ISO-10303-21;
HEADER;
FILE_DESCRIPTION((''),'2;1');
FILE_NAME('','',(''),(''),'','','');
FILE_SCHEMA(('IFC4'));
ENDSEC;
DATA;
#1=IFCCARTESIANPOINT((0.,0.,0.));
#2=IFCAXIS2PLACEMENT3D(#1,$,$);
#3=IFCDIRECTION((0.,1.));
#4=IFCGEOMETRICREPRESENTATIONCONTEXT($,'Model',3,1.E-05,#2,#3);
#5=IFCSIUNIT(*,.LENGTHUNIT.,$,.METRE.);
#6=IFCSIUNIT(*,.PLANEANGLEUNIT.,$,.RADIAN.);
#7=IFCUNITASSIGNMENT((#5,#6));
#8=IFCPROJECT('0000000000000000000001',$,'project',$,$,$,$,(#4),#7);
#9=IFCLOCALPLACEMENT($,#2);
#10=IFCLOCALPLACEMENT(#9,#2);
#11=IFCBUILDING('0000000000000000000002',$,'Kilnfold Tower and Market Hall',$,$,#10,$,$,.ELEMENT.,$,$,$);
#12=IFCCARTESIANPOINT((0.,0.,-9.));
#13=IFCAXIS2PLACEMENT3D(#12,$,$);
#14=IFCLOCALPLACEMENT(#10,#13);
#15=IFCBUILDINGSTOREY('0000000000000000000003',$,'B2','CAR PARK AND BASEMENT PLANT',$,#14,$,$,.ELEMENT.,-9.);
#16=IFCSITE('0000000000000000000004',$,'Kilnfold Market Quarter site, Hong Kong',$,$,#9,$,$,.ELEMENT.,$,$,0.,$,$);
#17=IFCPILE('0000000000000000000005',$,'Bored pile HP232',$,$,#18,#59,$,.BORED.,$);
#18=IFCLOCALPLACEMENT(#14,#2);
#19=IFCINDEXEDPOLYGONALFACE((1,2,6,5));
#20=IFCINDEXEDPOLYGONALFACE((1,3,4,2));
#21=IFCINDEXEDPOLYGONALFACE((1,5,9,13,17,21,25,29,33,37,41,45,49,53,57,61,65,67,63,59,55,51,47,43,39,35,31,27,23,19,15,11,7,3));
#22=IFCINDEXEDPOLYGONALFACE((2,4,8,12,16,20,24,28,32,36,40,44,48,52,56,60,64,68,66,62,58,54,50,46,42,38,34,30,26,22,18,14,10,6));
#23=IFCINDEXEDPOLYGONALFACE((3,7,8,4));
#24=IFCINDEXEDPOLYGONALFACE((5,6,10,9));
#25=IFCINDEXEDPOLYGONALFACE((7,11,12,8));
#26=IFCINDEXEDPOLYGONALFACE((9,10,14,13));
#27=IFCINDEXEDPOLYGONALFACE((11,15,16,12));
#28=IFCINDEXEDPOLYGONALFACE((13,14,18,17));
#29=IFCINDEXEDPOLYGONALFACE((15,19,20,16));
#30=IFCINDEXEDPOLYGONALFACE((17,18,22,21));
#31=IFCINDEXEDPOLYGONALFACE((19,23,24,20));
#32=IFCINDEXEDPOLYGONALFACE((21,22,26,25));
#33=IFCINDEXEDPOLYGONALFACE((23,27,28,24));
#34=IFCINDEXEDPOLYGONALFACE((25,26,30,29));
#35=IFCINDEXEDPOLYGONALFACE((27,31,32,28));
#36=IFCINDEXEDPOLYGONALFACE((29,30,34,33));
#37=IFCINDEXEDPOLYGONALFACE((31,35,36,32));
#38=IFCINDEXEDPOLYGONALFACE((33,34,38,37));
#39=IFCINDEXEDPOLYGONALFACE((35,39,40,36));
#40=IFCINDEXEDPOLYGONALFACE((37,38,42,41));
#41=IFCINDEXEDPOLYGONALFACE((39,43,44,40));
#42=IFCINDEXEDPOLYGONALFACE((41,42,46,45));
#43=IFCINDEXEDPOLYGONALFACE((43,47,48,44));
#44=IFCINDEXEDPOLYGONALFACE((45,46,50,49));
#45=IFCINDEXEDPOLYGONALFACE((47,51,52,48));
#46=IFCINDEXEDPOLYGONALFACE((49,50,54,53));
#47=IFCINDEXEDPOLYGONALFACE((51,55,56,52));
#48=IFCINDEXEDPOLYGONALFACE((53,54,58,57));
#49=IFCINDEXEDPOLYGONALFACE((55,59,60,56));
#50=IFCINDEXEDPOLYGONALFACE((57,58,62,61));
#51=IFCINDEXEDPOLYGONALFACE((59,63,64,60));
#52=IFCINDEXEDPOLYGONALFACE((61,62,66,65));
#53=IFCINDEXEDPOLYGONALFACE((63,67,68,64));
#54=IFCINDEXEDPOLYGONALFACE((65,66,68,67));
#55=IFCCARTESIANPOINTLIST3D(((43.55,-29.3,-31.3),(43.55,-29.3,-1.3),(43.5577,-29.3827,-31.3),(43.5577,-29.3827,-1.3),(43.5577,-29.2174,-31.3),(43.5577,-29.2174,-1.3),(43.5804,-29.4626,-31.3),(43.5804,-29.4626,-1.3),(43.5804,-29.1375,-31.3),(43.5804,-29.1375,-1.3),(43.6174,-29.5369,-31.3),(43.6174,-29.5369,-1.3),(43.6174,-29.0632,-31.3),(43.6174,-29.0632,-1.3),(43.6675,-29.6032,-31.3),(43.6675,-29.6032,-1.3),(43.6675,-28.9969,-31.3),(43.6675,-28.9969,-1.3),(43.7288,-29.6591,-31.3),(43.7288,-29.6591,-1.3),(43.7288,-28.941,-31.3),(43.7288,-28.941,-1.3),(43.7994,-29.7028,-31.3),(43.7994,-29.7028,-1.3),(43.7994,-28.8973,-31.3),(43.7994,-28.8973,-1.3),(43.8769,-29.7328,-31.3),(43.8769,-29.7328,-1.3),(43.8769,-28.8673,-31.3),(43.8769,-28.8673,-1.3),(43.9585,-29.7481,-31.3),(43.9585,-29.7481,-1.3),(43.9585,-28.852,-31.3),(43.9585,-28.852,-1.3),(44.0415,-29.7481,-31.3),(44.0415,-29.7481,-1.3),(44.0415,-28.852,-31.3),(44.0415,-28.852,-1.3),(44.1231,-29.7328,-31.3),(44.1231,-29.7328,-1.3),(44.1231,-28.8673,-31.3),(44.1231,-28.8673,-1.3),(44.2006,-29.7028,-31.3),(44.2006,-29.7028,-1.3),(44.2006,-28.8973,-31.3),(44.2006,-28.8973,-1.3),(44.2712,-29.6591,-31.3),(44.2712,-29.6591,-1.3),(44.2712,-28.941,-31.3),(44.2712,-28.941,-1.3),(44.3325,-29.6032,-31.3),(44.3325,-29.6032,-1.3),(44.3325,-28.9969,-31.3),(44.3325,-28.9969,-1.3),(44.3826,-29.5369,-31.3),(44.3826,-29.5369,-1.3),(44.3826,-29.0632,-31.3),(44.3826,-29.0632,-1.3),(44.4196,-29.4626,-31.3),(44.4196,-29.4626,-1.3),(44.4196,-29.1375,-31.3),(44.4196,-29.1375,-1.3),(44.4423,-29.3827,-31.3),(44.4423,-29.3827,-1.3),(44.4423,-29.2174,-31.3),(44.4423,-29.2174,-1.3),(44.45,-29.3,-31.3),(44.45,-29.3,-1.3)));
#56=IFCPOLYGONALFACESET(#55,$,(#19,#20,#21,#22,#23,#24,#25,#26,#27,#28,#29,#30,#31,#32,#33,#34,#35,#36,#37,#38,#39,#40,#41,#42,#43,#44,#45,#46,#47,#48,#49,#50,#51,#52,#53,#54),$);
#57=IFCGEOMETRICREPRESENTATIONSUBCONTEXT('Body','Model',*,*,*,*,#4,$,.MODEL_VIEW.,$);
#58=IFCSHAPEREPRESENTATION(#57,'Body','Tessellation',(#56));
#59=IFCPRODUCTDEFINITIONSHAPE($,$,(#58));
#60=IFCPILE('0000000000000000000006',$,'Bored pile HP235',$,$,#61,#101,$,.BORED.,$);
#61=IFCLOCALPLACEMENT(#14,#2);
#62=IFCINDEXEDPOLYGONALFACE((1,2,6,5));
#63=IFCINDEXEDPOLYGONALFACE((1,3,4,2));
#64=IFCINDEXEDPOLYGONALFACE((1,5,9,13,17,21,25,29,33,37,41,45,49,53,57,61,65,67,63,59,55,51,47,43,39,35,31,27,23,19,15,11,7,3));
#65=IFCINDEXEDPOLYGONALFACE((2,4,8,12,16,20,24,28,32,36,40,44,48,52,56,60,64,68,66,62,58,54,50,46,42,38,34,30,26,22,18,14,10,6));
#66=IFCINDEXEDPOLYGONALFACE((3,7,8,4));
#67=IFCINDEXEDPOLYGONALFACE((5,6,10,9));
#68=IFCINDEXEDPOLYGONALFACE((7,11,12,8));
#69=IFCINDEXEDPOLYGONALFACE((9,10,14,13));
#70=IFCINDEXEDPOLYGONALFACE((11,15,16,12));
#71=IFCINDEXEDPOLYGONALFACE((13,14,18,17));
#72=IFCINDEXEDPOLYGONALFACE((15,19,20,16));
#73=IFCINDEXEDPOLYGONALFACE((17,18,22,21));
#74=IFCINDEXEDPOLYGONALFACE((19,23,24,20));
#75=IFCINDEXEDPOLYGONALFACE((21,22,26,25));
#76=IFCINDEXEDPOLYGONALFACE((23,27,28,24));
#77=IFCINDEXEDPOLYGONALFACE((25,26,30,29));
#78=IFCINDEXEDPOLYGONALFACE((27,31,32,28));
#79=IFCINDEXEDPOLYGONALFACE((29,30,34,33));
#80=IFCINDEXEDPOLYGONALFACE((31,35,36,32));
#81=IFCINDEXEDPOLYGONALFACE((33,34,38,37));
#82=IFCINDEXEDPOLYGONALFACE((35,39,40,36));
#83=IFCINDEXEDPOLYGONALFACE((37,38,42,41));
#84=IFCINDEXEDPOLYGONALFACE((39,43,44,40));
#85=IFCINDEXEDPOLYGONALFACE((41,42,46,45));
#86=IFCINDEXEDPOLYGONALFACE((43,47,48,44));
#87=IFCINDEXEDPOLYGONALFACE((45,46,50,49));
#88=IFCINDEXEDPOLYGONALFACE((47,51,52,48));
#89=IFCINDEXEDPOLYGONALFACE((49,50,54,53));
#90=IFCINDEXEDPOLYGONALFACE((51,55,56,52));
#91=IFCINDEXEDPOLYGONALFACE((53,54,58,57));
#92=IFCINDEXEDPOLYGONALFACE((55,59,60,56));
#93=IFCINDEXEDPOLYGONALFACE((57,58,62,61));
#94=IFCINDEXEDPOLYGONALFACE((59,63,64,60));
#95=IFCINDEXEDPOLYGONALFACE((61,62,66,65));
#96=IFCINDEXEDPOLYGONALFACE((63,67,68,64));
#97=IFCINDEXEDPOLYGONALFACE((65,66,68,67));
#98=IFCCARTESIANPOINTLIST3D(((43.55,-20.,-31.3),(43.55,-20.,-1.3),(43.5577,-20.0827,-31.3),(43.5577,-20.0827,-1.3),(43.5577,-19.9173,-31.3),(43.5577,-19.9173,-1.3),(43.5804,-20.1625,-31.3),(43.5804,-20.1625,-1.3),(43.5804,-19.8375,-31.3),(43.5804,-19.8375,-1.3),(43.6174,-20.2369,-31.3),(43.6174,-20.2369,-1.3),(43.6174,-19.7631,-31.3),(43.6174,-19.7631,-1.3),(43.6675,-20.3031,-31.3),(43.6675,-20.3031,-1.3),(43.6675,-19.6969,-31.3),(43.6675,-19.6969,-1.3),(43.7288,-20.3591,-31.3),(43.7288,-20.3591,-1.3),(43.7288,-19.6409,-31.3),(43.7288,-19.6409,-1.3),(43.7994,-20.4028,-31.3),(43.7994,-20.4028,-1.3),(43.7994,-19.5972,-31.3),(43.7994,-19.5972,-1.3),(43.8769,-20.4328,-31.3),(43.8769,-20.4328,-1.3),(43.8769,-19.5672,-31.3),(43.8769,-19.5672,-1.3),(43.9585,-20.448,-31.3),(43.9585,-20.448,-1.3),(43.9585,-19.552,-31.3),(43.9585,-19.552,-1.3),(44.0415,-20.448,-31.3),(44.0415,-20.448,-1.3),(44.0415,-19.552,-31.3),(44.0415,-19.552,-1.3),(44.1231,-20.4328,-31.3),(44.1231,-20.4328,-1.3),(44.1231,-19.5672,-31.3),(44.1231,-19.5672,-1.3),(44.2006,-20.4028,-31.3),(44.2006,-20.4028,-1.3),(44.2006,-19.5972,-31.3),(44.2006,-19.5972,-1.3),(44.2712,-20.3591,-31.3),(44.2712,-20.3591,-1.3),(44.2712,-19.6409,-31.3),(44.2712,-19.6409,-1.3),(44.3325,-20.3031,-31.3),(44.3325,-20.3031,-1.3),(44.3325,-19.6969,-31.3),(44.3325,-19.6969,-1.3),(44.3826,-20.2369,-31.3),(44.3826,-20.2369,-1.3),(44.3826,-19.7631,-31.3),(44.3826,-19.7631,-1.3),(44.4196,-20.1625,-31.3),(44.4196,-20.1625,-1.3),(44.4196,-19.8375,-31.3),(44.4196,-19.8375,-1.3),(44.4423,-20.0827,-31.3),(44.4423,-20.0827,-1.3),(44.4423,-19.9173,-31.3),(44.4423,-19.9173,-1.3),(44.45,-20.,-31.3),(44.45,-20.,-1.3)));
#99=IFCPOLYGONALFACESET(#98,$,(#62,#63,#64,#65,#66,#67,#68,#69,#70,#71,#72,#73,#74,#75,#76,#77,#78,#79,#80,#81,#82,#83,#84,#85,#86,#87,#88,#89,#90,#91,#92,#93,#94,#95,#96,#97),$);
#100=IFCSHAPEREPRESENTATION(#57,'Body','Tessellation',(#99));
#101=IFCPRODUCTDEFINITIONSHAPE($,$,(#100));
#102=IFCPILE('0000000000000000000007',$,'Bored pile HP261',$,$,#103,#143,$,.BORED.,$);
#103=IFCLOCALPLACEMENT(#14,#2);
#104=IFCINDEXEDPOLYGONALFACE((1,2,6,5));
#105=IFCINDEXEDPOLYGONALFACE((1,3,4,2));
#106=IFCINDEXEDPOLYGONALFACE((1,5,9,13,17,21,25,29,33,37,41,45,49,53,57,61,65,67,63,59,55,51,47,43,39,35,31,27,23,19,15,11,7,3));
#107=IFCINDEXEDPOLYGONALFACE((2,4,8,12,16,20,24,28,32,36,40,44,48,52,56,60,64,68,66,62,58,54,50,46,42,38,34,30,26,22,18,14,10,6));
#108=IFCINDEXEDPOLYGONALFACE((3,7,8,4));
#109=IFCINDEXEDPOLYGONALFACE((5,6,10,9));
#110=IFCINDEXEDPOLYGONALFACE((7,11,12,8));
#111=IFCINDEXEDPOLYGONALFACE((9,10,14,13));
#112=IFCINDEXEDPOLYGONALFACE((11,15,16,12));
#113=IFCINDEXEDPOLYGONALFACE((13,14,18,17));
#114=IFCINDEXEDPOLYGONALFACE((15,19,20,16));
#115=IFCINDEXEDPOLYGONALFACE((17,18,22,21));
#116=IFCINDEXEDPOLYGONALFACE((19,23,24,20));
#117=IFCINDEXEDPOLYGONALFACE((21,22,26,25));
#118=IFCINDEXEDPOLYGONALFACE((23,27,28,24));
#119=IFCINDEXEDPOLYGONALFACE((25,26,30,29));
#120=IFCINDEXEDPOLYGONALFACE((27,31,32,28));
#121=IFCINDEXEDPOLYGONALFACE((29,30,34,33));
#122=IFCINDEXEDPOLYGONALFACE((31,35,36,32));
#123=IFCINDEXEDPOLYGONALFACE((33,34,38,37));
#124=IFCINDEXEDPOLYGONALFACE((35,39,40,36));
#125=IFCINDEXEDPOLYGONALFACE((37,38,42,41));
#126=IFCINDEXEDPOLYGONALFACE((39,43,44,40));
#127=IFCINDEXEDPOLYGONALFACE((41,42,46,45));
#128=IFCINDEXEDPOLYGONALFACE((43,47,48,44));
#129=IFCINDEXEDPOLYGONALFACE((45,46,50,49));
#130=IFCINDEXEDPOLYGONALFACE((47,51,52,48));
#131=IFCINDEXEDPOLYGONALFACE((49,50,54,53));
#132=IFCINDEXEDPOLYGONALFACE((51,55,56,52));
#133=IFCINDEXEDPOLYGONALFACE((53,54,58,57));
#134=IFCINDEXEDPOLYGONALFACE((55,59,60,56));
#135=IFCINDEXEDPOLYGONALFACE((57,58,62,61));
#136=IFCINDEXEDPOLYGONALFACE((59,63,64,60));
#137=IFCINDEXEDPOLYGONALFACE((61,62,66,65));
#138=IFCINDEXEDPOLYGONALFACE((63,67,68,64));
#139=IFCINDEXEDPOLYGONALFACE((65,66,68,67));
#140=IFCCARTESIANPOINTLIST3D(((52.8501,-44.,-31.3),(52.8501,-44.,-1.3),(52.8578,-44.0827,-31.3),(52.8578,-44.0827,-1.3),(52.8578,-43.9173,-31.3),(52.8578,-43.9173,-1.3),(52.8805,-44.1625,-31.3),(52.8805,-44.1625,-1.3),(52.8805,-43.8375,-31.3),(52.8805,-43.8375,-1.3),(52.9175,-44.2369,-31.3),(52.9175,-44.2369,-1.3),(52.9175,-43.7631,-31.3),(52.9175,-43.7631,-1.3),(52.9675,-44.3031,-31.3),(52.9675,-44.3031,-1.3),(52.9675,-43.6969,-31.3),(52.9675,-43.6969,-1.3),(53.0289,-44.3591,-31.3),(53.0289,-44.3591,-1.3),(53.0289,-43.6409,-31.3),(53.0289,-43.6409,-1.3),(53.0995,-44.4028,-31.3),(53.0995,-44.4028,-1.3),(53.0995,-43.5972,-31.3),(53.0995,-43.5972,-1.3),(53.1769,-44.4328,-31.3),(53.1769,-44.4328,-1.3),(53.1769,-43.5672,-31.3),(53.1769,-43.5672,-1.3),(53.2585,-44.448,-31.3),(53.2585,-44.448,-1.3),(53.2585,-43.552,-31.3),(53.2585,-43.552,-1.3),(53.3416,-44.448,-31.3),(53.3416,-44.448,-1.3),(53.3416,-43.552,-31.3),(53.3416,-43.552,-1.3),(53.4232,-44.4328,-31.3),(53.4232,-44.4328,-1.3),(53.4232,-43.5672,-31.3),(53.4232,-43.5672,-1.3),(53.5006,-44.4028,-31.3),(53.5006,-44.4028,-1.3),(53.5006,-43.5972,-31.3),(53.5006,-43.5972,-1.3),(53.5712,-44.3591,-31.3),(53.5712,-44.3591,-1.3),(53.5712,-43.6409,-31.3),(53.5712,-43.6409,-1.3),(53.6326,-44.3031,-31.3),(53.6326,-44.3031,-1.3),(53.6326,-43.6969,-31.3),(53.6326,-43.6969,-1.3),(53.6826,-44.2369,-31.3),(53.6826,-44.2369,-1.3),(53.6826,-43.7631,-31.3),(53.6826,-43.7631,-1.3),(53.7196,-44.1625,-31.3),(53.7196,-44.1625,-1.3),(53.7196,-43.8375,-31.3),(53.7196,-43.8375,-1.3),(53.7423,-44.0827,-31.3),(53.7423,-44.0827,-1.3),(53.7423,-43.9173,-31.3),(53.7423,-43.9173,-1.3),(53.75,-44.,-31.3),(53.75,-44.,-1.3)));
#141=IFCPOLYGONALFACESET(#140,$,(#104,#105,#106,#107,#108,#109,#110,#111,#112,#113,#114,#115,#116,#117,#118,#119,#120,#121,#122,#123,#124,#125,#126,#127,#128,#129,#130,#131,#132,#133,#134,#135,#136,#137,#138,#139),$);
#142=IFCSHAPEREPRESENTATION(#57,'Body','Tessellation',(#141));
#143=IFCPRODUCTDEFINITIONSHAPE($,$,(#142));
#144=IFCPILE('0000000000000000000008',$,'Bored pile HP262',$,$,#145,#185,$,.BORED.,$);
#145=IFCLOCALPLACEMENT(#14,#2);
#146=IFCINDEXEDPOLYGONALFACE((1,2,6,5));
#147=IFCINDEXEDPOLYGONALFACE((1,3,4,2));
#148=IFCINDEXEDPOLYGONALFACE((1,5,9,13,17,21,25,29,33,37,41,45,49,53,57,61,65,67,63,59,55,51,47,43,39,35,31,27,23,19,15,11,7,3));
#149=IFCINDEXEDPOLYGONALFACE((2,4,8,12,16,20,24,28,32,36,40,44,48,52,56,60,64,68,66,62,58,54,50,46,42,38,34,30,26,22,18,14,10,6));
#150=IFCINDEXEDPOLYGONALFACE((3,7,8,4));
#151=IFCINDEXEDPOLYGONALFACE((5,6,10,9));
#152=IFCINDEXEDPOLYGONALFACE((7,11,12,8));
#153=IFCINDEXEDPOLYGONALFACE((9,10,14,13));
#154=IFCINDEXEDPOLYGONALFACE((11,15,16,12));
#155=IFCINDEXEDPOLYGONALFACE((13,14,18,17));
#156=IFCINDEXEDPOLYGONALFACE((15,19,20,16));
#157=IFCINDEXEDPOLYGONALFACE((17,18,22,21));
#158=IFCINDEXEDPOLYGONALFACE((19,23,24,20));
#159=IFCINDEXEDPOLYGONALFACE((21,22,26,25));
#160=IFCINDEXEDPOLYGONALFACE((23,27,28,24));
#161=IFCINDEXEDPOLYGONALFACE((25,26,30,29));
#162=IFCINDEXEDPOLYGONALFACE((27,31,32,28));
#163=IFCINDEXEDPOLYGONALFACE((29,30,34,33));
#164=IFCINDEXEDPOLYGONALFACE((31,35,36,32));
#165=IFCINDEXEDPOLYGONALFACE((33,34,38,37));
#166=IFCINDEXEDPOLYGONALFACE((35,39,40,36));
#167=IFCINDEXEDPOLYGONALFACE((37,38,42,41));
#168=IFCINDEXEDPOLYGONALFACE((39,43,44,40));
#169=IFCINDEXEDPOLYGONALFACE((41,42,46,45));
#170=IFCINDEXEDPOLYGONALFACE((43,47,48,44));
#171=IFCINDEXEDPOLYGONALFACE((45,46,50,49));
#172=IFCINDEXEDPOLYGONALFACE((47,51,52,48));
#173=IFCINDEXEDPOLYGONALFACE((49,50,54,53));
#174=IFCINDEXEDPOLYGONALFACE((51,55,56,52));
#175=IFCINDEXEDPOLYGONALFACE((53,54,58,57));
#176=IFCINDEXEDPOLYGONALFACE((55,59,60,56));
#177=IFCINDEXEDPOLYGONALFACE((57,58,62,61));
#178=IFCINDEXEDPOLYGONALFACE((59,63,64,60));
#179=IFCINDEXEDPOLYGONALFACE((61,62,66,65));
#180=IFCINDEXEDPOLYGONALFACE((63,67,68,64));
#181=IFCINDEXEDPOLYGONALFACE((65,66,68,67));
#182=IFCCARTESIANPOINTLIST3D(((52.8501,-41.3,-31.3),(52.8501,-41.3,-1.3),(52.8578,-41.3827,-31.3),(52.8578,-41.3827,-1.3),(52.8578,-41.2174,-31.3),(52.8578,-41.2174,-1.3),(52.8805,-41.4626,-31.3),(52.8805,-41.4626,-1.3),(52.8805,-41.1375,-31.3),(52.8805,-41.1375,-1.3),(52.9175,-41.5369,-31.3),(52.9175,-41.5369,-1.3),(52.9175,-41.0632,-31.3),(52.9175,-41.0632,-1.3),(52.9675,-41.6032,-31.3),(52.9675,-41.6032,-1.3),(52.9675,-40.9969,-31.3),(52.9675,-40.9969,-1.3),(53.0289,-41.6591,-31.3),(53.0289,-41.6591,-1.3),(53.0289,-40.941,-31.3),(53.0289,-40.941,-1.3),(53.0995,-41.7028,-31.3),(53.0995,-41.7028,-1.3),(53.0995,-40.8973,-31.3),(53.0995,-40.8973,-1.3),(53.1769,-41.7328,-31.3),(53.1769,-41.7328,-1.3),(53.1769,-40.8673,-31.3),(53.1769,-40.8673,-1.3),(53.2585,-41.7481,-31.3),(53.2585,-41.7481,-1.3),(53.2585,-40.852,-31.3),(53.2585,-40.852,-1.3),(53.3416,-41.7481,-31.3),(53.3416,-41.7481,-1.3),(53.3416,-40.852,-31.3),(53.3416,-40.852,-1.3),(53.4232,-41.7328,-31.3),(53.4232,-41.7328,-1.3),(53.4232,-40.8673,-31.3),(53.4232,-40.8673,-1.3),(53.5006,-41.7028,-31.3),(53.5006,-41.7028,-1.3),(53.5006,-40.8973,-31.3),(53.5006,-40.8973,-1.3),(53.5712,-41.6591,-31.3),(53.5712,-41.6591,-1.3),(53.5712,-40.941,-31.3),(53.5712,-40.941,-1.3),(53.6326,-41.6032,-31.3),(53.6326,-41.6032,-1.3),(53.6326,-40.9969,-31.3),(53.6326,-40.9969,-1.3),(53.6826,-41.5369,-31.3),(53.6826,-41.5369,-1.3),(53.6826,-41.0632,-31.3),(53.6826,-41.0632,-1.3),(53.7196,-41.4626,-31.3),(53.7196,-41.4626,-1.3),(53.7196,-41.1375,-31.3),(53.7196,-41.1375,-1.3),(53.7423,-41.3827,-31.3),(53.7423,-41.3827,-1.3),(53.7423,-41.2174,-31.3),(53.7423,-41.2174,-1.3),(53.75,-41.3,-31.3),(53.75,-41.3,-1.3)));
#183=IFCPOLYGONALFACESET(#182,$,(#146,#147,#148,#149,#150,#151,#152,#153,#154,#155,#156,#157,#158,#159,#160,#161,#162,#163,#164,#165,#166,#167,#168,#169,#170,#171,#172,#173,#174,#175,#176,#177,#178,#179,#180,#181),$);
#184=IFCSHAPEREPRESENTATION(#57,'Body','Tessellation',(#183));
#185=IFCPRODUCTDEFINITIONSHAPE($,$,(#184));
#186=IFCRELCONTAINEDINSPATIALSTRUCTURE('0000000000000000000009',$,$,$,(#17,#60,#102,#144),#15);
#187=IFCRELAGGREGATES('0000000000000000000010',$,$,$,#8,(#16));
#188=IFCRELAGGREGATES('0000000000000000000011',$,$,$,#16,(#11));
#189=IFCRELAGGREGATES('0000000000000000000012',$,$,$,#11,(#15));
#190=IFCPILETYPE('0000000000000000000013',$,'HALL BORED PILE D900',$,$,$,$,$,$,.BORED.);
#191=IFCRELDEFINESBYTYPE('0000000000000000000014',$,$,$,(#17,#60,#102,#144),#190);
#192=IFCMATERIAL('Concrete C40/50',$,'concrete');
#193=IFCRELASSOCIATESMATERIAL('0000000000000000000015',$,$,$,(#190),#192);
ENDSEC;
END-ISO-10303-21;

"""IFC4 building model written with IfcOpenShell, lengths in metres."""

from ifc_helpers import new_model, si_unit, direction, frame, origin, origin_2d, place, context, subcontext, project, spatial, circle, extrude, source, transform, mapped, material, material_profile, profile_set, type_object, element, save


model = new_model("IFC4")

# Units and contexts
model_context = context("Model", 3, precision=1e-05, world=origin(), true_north=direction((0.0, 1.0)))
body_context = subcontext(model_context, "Body", "Model", "MODEL_VIEW")
ifc_project = project(units=[si_unit("LENGTHUNIT", "METRE"), si_unit("PLANEANGLEUNIT", "RADIAN")], contexts=[model_context])

# Site, building, storey
site_placement = place(None, origin())
site = spatial("IfcSite", under=ifc_project, at=site_placement, Name="Kilnfold Market Quarter site, Hong Kong", CompositionType="ELEMENT", RefElevation=0.0)
building_placement = place(site_placement, origin())
building = spatial("IfcBuilding", under=site, at=building_placement, Name="Kilnfold Tower and Market Hall", CompositionType="ELEMENT")
storey_placement = place(building_placement, frame((0.0, 0.0, -9.0)))
storey = spatial("IfcBuildingStorey", under=building, at=storey_placement, Name="B2", Description="CAR PARK AND BASEMENT PLANT", CompositionType="ELEMENT", Elevation=-9.0)

# Piles
ifc_material_1 = material(Name="Concrete C40/50", Category="concrete")
ifc_material_profile_1 = material_profile(ifc_material_1, circle(Radius=0.45, at=origin_2d()), Name="D900")
ifc_profile_set_1 = profile_set([ifc_material_profile_1], Name="Concrete C40/50")
pile_type = type_object("IfcPileType", Name="HALL BORED PILE D900", PredefinedType="BORED", material=ifc_profile_set_1)
shared_shape_1 = source(origin(), body_context, "Body", "SweptSolid", [
    extrude(circle(Radius=0.45, at=origin_2d()), origin(), (0.0, 0.0, 1.0), 30.0),
])
for number, where, z_axis, x_axis, name in (
    (1, (44.0, -29.3, -1.3), (0.0, 0.0, -1.0), (1.0, 0.0, 0.0), "Bored pile HP232"),
    (2, (44.0, -20.0, -1.3), (0.0, 0.0, -1.0), (1.0, 0.0, 0.0), "Bored pile HP235"),
    (3, (53.3, -44.0, -1.3), (0.0, 0.0, -1.0), (1.0, 0.0, 0.0), "Bored pile HP261"),
    (4, (53.3, -41.3, -1.3), (0.0, 0.0, -1.0), (1.0, 0.0, 0.0), "Bored pile HP262"),
):
    element("IfcPile", number, at=place(storey_placement, frame(where, z_axis=z_axis, x_axis=x_axis)), inside=storey, type_object=pile_type, Name=name, PredefinedType="BORED", context=body_context, shape_type="MappedRepresentation", body=[
        mapped(shared_shape_1, transform((0.0, 0.0, 0.0))),
    ])

save(model, "model.ifc")
